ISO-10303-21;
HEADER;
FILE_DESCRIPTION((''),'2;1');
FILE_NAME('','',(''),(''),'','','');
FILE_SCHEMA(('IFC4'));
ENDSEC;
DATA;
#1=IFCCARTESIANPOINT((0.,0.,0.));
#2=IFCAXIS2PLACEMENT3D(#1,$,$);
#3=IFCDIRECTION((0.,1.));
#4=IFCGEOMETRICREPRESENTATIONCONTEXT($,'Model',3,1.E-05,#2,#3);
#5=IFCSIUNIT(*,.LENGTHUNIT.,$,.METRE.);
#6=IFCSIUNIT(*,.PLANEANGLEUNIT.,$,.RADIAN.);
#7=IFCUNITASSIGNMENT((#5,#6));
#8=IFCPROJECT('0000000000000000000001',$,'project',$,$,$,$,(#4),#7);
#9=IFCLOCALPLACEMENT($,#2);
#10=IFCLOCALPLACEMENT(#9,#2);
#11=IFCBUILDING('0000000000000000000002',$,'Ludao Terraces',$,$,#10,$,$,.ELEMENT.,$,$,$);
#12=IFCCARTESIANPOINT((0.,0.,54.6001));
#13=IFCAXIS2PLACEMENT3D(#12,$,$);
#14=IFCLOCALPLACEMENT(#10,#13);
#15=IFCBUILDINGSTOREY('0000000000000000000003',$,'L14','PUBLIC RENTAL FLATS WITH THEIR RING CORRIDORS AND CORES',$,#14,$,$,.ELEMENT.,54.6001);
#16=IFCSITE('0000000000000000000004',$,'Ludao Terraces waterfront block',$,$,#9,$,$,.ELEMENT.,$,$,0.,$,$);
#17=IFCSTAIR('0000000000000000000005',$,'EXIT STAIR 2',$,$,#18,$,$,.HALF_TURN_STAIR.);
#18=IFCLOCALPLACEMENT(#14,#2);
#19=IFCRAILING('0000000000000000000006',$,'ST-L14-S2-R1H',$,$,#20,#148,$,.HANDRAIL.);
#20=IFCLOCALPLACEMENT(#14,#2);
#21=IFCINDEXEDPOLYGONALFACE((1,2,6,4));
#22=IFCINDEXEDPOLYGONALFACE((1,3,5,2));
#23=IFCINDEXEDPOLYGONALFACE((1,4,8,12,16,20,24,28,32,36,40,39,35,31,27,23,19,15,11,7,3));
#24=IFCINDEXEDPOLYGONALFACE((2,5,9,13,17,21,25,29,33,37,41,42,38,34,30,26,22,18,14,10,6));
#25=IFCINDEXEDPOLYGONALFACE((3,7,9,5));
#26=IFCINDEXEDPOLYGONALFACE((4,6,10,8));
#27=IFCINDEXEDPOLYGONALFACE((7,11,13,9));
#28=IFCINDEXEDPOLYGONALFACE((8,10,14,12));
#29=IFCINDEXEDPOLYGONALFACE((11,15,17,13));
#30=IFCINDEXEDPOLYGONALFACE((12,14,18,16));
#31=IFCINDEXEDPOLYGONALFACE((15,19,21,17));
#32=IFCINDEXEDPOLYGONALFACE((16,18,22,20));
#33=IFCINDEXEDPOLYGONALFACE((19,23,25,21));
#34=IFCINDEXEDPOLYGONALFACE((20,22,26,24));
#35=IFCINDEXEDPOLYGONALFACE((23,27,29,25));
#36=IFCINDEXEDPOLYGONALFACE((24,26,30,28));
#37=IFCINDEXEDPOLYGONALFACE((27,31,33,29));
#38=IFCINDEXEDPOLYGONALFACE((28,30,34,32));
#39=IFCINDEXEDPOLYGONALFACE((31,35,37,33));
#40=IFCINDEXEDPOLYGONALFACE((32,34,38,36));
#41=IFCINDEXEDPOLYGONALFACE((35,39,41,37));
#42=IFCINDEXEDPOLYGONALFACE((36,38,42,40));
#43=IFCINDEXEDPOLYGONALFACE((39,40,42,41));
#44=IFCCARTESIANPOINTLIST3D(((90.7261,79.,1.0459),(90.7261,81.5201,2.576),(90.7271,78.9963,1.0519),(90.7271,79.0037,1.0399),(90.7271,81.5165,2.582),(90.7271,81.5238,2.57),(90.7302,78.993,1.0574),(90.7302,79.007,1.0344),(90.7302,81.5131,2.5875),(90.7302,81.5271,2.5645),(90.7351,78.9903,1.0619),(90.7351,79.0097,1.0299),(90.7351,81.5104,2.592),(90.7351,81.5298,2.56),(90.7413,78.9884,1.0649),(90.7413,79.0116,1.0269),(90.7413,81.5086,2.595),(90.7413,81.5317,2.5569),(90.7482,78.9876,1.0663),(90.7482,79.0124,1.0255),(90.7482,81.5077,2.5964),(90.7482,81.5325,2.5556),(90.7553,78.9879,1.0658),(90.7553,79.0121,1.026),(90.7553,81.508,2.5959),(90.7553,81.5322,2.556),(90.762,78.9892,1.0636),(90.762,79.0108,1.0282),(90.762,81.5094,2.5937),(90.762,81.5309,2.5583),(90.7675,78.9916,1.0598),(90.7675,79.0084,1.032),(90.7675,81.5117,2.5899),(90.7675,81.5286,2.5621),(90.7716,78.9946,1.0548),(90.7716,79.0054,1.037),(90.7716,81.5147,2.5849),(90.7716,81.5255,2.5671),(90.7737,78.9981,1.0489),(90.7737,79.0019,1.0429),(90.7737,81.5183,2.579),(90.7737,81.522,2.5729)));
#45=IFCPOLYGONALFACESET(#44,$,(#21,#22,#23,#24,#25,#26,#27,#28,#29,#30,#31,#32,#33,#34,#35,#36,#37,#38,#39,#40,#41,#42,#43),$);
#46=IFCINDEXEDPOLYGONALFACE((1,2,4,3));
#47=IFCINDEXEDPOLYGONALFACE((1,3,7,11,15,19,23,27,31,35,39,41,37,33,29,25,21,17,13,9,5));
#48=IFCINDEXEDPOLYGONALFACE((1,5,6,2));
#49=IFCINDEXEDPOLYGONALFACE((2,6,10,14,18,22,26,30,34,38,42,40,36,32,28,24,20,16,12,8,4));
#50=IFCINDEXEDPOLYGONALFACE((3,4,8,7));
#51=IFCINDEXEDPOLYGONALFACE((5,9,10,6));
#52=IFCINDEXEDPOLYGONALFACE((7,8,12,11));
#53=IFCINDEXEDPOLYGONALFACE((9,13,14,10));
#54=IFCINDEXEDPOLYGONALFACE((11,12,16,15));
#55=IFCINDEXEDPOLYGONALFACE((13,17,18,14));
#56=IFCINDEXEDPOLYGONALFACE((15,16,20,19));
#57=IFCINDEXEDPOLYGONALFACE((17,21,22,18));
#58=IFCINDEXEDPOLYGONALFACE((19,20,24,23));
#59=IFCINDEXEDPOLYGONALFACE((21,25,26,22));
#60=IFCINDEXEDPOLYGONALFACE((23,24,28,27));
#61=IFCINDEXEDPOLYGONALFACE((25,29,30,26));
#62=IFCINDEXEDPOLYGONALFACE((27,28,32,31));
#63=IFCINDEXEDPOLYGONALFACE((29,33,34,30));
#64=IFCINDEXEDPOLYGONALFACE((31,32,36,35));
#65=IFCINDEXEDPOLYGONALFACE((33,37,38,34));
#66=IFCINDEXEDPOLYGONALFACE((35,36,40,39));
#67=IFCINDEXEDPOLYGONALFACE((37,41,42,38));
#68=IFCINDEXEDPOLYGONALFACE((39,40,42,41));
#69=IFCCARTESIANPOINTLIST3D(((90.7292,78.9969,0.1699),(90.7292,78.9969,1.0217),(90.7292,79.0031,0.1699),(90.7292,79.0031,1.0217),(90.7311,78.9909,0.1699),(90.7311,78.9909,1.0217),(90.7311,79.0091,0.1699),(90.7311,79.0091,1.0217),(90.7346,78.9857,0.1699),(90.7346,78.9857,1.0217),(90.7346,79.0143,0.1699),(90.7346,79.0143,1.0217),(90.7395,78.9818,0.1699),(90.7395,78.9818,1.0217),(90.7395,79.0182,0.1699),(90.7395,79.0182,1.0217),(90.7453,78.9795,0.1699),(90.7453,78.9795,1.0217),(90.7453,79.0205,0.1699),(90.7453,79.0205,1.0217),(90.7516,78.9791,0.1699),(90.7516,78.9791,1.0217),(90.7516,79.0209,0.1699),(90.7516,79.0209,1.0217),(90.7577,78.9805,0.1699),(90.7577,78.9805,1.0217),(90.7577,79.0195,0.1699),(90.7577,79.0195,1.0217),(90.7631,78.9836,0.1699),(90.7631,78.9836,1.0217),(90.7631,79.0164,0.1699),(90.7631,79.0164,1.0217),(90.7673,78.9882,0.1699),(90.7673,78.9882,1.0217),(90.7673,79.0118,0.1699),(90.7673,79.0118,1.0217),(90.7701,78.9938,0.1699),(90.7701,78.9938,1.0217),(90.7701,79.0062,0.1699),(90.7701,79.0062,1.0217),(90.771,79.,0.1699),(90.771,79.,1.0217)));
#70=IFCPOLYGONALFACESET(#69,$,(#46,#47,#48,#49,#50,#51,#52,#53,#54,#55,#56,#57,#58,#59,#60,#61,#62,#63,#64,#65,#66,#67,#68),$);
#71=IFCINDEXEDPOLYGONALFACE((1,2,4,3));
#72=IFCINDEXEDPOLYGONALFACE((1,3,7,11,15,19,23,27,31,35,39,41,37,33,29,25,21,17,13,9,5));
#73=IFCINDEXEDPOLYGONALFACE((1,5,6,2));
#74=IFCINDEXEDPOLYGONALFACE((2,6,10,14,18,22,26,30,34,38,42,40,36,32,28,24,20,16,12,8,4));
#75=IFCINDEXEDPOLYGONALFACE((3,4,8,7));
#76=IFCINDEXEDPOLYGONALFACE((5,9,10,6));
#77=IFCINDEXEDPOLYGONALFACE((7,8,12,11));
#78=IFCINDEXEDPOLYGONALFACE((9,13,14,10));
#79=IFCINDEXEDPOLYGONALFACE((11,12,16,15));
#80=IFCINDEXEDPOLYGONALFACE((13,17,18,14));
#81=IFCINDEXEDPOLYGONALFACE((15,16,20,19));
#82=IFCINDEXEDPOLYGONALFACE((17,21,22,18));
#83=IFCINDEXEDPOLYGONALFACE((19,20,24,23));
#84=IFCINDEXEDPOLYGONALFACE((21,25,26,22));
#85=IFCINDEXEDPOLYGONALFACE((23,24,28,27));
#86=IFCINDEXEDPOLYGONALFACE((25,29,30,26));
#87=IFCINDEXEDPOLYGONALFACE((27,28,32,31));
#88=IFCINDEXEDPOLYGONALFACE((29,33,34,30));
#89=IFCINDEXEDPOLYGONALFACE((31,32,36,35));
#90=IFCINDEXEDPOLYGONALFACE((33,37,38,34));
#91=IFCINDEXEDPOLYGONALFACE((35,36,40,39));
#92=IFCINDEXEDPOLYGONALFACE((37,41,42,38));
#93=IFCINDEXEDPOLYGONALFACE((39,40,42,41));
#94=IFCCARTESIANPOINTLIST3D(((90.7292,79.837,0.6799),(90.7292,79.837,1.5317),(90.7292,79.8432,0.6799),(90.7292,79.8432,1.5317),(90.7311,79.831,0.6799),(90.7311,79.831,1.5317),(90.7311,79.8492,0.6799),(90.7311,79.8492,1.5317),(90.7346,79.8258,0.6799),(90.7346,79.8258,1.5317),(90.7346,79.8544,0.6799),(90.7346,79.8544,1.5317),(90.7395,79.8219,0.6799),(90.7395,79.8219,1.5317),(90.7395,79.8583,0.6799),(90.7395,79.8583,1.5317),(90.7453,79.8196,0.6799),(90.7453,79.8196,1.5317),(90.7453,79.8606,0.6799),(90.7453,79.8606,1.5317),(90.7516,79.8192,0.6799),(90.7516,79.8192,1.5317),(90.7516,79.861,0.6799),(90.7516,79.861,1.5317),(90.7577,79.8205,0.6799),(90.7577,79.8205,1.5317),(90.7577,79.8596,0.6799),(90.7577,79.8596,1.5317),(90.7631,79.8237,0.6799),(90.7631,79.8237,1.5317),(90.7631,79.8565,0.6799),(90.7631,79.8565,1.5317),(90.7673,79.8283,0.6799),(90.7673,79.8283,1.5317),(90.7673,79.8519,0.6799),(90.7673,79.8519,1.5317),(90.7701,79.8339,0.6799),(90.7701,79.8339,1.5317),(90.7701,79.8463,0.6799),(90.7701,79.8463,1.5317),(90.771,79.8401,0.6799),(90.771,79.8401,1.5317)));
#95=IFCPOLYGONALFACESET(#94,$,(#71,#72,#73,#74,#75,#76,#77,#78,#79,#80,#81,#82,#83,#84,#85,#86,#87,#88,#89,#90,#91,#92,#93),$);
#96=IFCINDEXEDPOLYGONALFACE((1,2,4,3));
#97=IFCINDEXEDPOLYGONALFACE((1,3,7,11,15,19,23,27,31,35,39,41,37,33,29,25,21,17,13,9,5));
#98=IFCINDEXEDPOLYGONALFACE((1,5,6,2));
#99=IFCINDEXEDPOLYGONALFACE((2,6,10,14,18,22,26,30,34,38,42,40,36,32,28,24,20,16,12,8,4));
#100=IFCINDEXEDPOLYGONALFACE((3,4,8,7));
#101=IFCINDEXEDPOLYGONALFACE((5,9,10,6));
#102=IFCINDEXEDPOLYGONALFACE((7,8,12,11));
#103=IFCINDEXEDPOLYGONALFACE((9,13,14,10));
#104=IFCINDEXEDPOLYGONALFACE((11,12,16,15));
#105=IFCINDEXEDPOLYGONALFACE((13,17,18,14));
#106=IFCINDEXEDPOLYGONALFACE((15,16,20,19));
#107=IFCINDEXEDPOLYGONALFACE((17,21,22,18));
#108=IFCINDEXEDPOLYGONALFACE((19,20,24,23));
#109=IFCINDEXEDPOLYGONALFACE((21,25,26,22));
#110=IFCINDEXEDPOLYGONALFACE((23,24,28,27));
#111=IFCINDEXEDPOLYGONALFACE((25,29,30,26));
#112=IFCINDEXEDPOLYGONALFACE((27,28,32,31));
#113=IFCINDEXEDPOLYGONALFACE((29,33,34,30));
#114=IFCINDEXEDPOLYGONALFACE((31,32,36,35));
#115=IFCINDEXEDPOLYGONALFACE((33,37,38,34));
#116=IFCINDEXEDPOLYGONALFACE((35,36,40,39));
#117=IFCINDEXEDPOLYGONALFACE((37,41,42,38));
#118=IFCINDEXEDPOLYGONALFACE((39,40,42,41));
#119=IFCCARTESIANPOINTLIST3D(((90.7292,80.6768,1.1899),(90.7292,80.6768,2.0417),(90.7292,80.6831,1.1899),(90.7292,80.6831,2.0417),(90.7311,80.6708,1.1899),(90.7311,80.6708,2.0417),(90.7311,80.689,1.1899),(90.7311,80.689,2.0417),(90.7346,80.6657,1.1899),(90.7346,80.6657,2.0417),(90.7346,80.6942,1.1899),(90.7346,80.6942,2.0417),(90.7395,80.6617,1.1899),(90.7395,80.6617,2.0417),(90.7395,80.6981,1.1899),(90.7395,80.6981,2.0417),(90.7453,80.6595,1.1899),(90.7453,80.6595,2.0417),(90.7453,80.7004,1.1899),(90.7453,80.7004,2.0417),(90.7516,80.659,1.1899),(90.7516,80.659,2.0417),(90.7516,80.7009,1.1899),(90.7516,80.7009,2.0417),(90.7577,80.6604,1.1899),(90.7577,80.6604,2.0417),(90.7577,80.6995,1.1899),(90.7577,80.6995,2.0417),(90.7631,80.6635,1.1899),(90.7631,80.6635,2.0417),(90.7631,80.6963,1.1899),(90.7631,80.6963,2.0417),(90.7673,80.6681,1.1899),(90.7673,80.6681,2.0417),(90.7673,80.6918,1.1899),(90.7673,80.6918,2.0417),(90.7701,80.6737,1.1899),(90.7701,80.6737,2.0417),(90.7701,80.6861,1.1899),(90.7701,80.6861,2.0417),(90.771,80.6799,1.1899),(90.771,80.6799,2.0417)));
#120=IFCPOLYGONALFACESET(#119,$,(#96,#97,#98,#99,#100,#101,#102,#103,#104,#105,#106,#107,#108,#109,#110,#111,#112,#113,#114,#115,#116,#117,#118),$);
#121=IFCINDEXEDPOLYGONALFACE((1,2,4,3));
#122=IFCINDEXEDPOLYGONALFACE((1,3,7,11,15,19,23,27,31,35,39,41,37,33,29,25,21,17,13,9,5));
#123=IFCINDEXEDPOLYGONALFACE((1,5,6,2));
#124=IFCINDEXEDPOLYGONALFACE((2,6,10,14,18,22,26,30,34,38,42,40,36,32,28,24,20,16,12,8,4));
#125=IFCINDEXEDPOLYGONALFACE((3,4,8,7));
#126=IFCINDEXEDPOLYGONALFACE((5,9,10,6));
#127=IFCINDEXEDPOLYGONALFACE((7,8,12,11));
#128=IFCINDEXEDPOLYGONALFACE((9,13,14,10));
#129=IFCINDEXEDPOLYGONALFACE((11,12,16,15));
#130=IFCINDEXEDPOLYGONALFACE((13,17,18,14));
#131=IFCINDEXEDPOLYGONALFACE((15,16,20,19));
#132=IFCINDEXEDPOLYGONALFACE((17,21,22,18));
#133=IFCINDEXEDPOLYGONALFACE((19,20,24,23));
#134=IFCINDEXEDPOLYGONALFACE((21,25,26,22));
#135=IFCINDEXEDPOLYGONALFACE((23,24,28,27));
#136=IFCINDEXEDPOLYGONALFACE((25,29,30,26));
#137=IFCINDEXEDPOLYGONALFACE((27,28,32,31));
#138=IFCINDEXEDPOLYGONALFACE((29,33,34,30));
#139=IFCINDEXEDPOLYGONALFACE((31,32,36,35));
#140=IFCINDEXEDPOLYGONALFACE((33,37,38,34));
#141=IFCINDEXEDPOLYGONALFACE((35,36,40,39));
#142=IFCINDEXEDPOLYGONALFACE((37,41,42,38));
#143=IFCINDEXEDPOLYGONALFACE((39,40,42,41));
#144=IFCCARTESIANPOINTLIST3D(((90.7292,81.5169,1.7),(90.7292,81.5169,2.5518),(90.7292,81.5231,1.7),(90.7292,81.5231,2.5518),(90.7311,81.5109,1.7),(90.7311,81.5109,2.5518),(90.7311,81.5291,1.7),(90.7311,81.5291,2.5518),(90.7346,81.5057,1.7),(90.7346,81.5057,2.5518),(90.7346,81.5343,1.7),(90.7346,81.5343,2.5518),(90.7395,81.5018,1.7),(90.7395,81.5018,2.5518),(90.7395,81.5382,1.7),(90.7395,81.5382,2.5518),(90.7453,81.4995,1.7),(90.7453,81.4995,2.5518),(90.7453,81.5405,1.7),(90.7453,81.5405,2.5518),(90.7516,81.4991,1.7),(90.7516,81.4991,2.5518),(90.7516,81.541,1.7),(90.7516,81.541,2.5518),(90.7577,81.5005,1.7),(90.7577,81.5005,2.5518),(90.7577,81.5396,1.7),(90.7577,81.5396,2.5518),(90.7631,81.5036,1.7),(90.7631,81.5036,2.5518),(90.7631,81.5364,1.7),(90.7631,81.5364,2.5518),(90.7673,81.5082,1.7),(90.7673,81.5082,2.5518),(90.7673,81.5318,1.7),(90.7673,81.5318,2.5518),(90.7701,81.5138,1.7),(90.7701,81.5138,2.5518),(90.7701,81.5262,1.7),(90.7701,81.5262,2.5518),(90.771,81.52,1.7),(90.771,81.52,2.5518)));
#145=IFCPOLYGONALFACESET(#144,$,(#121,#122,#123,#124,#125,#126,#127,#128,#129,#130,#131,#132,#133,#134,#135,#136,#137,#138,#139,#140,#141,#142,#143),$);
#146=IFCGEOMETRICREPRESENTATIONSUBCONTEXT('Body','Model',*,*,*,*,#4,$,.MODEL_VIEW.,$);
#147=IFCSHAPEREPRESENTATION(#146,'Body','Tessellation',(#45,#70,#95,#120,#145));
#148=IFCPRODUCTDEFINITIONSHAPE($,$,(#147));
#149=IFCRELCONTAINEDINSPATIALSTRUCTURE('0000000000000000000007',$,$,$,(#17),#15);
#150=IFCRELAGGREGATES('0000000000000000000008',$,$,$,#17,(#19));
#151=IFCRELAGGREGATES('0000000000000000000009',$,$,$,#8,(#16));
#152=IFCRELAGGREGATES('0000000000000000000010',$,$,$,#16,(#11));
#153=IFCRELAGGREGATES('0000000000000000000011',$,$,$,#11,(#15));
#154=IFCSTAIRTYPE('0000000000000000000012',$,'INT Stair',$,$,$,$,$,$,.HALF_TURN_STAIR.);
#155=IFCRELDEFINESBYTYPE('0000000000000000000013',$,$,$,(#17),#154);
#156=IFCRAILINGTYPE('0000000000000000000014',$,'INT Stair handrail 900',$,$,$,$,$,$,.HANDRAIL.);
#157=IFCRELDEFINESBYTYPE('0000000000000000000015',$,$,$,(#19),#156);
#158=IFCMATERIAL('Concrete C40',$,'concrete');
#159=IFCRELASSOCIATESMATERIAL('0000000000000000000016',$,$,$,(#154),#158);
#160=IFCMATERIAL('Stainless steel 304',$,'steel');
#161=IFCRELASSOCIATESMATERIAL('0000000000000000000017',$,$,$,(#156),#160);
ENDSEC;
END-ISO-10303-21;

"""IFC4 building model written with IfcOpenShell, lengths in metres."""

from ifc_helpers import new_model, si_unit, direction, frame, origin, origin_2d, place, context, subcontext, project, spatial, circle, extrude, material, type_object, element, aggregate, save


model = new_model("IFC4")

# Units and contexts
model_context = context("Model", 3, precision=1e-05, world=origin(), true_north=direction((0.0, 1.0)))
body_context = subcontext(model_context, "Body", "Model", "MODEL_VIEW")
ifc_project = project(units=[si_unit("LENGTHUNIT", "METRE"), si_unit("PLANEANGLEUNIT", "RADIAN")], contexts=[model_context])

# Site, building, storey
site_placement = place(None, origin())
site = spatial("IfcSite", under=ifc_project, at=site_placement, Name="Ludao Terraces waterfront block", CompositionType="ELEMENT", RefElevation=0.0)
building_placement = place(site_placement, origin())
building = spatial("IfcBuilding", under=site, at=building_placement, Name="Ludao Terraces", CompositionType="ELEMENT")
storey_placement = place(building_placement, frame((0.0, 0.0, 54.6001)))
storey = spatial("IfcBuildingStorey", under=building, at=storey_placement, Name="L14", Description="PUBLIC RENTAL FLATS WITH THEIR RING CORRIDORS AND CORES", CompositionType="ELEMENT", Elevation=54.6001)

# Shared definitions
ifc_material_1 = material(Name="Stainless steel 304", Category="steel")

# Stair, railing
ifc_material_2 = material(Name="Concrete C40", Category="concrete")
stair_type = type_object("IfcStairType", Name="INT Stair", PredefinedType="HALF_TURN_STAIR", material=ifc_material_2)
stair_placement = place(storey_placement, origin())
stair = element("IfcStair", 1, at=stair_placement, inside=storey, type_object=stair_type, Name="EXIT STAIR 2", PredefinedType="HALF_TURN_STAIR")
railing_type_1 = type_object("IfcRailingType", Name="INT Stair handrail 900", PredefinedType="HANDRAIL", material=ifc_material_1)
railing_1_placement = place(storey_placement, frame((90.75, 79.0, 0.1699)))
railing_1 = element("IfcRailing", 2, at=railing_1_placement, type_object=railing_type_1, Name="ST-L14-S2-R1H", PredefinedType="HANDRAIL", context=body_context, shape_type="SweptSolid", body=[
    extrude(circle(Radius=0.0239, at=origin_2d()), frame((0.0, 0.0, 0.876), z_axis=(0.0, 0.854785, 0.518982), x_axis=(-1.0, 0.0, 0.0)), (0.0, 0.0, 1.0), 2.9482),
    extrude(circle(Radius=0.021, at=origin_2d()), origin(), (0.0, 0.0, 1.0), 0.8518),
    extrude(circle(Radius=0.021, at=origin_2d()), frame((0.0, 0.8401, 0.51)), (0.0, 0.0, 1.0), 0.8518),
    extrude(circle(Radius=0.021, at=origin_2d()), frame((0.0, 1.6799, 1.02)), (0.0, 0.0, 1.0), 0.8518),
    extrude(circle(Radius=0.021, at=origin_2d()), frame((0.0, 2.52, 1.53)), (0.0, 0.0, 1.0), 0.8518),
])
aggregate(stair, [railing_1])

save(model, "model.ifc")
